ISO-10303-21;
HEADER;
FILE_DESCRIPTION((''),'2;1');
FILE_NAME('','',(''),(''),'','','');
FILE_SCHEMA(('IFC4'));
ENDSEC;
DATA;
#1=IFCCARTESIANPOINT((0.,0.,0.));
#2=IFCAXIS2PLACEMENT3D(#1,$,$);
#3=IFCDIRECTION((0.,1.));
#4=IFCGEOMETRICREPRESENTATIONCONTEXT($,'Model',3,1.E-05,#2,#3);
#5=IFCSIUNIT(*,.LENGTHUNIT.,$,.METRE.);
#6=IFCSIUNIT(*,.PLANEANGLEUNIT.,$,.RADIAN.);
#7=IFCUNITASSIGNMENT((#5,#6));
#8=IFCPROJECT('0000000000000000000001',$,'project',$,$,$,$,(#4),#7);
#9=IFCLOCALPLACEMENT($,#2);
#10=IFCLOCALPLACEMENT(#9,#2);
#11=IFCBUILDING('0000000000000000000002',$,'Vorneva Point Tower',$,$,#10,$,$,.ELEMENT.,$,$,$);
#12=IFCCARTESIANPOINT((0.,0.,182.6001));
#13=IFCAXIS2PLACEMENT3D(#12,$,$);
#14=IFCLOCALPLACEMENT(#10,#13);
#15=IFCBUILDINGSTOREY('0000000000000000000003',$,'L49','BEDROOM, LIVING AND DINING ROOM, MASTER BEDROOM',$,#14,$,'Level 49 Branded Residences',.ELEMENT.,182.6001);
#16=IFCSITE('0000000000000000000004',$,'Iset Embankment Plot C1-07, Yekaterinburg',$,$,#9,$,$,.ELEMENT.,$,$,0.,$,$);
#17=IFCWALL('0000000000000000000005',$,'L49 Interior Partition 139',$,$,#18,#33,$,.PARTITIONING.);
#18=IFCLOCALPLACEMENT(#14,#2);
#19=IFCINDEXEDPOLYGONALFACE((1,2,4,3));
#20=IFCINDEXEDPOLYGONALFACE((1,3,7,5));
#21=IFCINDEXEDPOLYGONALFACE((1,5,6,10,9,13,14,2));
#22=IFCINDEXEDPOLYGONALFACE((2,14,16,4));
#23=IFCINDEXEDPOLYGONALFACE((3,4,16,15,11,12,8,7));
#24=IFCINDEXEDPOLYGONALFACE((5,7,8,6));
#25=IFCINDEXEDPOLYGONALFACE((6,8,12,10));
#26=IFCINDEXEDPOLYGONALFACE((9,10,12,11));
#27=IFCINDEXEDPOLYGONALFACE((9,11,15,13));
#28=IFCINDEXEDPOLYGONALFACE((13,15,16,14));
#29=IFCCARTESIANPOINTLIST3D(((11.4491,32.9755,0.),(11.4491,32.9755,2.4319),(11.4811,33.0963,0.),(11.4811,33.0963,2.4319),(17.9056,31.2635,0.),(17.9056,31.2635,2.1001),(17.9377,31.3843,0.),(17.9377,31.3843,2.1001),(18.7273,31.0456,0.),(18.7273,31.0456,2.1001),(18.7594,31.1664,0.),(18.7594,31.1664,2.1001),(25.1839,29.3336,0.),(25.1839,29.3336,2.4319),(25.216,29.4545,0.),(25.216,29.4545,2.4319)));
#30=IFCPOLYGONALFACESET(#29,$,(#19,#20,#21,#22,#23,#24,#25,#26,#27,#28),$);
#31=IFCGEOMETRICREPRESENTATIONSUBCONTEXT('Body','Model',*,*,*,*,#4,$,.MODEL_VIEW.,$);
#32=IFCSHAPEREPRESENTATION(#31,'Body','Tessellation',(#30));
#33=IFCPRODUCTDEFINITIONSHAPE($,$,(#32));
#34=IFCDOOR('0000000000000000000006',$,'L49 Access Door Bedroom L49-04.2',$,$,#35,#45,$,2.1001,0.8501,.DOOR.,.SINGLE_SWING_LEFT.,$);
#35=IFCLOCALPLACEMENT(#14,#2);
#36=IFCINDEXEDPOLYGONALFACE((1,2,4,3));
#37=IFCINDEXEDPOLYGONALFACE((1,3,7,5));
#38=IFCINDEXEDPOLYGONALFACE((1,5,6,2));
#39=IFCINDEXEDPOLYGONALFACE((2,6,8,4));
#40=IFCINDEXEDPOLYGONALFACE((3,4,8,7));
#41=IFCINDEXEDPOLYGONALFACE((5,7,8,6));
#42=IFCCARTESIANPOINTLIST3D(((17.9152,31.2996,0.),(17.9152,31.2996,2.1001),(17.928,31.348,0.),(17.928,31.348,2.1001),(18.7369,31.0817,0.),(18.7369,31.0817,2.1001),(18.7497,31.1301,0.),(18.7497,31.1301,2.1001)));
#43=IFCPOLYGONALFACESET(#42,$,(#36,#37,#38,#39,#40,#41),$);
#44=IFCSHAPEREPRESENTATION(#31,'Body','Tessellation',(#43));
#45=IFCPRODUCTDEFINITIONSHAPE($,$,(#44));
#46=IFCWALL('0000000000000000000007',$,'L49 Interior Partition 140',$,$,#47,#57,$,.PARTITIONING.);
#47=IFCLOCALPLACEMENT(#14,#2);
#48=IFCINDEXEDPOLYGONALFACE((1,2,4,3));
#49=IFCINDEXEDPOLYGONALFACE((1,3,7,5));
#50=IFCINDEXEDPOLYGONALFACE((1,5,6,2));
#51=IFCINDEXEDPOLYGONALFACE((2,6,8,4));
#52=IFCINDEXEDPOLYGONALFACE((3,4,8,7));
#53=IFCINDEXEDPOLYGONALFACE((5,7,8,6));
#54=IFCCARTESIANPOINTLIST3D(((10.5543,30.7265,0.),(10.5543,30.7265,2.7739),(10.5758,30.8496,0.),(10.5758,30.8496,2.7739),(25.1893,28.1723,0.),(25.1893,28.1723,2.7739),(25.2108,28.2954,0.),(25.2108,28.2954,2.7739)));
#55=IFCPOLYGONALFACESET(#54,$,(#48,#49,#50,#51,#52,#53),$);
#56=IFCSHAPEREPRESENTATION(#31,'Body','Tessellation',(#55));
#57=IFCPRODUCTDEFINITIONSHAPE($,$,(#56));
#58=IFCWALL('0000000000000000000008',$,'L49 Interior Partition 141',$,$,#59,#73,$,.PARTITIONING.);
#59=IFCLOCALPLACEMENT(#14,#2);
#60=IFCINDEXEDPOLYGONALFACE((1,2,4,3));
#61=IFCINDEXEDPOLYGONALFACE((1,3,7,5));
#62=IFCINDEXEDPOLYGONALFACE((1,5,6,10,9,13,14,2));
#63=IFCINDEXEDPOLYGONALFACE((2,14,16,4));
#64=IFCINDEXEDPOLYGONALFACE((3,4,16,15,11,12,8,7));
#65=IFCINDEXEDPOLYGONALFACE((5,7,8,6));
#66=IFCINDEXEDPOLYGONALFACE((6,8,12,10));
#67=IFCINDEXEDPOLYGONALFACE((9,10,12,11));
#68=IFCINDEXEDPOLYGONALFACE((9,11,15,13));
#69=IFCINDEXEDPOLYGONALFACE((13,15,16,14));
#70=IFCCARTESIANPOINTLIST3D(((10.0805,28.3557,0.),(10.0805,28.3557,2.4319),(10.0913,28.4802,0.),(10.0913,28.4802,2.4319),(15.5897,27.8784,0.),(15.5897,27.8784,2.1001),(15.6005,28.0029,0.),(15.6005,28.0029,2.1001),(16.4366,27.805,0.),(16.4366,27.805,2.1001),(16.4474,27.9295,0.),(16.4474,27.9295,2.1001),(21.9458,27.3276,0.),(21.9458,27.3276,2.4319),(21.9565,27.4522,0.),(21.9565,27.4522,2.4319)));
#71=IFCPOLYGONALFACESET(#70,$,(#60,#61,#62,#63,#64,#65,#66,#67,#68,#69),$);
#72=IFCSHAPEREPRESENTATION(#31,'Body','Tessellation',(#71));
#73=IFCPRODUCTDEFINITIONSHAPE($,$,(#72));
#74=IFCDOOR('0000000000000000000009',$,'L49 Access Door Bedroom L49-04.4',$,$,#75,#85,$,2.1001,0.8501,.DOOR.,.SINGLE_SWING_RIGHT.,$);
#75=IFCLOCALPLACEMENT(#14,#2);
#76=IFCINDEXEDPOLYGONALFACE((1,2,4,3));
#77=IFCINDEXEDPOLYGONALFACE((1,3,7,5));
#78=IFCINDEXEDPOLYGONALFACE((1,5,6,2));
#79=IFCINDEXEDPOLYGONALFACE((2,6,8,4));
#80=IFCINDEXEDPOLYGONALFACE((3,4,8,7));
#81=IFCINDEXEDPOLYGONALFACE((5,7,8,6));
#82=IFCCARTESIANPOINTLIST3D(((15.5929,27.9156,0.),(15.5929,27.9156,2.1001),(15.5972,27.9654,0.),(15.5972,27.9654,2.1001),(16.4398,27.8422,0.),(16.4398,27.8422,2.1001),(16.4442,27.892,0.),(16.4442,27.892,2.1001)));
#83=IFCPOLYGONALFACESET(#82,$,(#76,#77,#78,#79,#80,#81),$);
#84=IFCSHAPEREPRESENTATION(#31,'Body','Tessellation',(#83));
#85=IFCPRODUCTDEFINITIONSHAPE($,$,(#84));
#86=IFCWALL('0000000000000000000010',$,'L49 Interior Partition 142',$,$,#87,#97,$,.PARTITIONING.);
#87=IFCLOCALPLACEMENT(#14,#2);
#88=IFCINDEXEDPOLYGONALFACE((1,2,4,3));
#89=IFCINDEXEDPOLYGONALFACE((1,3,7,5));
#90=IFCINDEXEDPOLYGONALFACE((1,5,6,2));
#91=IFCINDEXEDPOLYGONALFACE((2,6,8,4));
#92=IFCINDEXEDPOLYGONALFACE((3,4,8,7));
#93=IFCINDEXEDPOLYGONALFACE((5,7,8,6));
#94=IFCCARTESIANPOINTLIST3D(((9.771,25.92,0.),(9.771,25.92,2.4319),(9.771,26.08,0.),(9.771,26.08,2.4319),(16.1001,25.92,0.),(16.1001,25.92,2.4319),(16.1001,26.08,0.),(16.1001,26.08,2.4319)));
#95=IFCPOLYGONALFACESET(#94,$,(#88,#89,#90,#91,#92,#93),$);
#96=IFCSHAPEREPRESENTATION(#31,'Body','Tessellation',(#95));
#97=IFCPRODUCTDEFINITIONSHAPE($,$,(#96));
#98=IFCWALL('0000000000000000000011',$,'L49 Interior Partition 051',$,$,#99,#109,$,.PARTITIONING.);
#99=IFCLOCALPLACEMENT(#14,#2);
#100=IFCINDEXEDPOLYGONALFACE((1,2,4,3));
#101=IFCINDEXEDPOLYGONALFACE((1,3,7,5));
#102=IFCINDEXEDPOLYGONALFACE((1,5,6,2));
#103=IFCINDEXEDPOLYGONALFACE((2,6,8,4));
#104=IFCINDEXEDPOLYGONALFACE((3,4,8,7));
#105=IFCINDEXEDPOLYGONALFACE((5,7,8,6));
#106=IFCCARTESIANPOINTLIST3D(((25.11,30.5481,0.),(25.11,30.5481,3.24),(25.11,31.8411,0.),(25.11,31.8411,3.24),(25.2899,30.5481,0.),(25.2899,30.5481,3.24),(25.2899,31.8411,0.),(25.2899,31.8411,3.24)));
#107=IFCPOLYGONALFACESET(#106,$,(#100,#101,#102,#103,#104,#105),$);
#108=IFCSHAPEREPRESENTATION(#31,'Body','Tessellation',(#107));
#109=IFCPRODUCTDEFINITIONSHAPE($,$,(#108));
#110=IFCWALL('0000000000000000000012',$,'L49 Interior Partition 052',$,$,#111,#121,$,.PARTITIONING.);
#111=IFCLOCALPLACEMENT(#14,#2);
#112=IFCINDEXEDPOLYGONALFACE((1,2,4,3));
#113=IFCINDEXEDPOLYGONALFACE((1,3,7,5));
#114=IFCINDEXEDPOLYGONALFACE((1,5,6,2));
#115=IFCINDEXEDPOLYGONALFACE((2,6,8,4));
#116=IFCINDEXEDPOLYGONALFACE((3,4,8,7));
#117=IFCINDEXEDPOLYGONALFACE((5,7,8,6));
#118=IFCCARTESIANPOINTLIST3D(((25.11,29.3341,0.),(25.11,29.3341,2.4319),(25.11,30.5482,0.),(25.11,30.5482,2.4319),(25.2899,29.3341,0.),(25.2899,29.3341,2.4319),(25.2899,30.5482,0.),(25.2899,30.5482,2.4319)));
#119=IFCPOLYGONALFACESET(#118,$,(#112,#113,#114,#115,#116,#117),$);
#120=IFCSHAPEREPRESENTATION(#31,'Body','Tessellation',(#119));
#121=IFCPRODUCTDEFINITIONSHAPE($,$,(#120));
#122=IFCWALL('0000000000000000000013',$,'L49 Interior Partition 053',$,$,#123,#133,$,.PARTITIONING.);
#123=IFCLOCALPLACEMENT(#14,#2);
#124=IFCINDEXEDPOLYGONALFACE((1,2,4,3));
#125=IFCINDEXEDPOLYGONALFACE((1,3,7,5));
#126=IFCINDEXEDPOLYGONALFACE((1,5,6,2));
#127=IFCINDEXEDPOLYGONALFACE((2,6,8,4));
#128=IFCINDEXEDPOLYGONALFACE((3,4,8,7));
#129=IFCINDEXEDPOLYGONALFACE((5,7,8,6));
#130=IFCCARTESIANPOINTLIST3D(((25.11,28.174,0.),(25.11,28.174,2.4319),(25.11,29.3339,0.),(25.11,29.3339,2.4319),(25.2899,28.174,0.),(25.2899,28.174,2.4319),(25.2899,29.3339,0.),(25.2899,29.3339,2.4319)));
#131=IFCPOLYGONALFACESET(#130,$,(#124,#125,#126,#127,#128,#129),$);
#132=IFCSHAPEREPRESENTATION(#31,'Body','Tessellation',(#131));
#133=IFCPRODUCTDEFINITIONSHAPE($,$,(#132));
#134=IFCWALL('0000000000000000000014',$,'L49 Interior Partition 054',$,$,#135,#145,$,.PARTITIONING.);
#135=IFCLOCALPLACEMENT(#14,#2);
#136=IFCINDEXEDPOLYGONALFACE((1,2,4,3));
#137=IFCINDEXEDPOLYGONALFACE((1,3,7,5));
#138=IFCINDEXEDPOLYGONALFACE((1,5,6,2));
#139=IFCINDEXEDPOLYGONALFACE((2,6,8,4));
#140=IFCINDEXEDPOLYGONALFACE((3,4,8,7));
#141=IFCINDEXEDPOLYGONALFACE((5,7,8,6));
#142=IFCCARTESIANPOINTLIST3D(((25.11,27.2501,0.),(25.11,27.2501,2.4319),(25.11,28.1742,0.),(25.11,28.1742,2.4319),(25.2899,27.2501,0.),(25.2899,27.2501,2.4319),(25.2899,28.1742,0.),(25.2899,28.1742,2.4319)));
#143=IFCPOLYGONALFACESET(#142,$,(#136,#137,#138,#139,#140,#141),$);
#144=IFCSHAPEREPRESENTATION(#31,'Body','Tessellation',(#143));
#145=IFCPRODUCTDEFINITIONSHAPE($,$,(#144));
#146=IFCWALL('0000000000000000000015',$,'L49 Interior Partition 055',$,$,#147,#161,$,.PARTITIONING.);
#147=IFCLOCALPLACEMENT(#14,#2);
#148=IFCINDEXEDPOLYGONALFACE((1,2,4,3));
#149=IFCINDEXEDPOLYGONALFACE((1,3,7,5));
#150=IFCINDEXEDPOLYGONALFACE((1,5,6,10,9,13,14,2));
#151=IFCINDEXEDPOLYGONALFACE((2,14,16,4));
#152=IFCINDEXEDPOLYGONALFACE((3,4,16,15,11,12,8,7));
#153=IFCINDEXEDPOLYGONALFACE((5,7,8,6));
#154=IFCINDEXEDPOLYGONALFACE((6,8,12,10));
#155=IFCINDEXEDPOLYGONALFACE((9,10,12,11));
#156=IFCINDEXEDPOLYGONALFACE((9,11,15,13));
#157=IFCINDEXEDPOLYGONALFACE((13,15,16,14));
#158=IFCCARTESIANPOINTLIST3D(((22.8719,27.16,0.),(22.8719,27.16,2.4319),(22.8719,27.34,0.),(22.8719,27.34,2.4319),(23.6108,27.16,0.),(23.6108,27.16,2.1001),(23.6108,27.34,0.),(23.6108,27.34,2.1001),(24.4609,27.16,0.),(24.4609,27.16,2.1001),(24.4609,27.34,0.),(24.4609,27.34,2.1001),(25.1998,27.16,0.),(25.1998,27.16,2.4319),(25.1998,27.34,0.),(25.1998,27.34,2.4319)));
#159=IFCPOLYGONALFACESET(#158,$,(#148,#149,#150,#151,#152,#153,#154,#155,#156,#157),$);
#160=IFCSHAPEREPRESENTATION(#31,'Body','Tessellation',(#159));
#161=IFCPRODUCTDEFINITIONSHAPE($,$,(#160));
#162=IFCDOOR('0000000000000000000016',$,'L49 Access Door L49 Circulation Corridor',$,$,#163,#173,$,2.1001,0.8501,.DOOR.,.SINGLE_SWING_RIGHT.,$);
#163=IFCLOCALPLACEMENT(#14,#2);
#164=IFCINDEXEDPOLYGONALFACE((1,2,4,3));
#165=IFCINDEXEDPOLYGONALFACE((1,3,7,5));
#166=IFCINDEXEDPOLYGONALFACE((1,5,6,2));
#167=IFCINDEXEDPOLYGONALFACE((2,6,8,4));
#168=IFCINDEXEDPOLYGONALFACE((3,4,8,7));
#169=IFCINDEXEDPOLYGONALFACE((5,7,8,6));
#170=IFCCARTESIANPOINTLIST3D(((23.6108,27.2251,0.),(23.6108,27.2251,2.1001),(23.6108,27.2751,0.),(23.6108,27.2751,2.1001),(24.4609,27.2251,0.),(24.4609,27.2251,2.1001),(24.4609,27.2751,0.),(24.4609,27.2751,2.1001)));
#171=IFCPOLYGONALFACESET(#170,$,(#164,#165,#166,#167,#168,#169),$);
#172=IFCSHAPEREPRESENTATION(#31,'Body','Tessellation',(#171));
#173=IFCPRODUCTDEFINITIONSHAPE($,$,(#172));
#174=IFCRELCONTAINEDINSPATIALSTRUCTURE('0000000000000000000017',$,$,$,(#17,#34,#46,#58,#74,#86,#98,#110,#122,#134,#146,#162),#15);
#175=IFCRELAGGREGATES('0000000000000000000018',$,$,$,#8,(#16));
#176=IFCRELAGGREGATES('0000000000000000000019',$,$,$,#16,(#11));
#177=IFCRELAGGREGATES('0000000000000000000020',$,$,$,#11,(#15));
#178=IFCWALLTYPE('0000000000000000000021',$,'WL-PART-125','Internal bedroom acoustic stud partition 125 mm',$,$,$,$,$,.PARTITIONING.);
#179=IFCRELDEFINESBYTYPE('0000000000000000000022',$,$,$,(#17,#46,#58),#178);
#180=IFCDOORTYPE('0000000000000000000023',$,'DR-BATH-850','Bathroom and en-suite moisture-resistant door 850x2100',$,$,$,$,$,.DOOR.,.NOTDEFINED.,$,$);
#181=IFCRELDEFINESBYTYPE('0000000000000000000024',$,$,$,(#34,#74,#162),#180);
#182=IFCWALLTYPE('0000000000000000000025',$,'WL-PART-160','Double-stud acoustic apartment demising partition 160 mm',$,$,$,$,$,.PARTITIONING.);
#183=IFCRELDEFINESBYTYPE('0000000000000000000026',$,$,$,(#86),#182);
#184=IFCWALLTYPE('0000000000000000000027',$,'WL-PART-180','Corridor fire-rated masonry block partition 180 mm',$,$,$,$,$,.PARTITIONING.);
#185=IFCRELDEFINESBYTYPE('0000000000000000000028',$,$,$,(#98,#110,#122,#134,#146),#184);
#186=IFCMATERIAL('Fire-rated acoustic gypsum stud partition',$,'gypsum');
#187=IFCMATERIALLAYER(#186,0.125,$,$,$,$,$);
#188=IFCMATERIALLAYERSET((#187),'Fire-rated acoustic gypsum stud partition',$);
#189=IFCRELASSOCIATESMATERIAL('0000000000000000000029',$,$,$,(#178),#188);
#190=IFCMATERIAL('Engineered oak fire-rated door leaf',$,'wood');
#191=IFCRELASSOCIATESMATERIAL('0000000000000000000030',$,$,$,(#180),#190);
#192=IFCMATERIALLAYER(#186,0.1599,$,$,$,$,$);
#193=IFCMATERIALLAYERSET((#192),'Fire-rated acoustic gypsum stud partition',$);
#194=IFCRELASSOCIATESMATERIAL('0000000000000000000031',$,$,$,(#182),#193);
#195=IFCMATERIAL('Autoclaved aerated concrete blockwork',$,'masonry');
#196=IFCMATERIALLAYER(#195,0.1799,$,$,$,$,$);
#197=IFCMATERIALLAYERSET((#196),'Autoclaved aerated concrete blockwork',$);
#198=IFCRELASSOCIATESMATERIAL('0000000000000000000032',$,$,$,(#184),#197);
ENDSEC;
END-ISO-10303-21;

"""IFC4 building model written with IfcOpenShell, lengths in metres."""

from ifc_helpers import new_model, si_unit, direction, frame, frame_2d, origin, place, context, subcontext, project, spatial, rectangle, extrude, material, layer, layer_set, type_object, element, fill, save


model = new_model("IFC4")

# Units and contexts
model_context = context("Model", 3, precision=1e-05, world=origin(), true_north=direction((0.0, 1.0)))
body_context = subcontext(model_context, "Body", "Model", "MODEL_VIEW")
ifc_project = project(units=[si_unit("LENGTHUNIT", "METRE"), si_unit("PLANEANGLEUNIT", "RADIAN")], contexts=[model_context])

# Site, building, storey
site_placement = place(None, origin())
site = spatial("IfcSite", under=ifc_project, at=site_placement, Name="Iset Embankment Plot C1-07, Yekaterinburg", CompositionType="ELEMENT", RefElevation=0.0)
building_placement = place(site_placement, origin())
building = spatial("IfcBuilding", under=site, at=building_placement, Name="Vorneva Point Tower", CompositionType="ELEMENT")
storey_placement = place(building_placement, frame((0.0, 0.0, 182.6001)))
storey = spatial("IfcBuildingStorey", under=building, at=storey_placement, Name="L49", Description="BEDROOM, LIVING AND DINING ROOM, MASTER BEDROOM", LongName="Level 49 Branded Residences", CompositionType="ELEMENT", Elevation=182.6001)

# Wall, opening, door
ifc_material_1 = material(Name="Fire-rated acoustic gypsum stud partition", Category="gypsum")
ifc_layer_1 = layer(ifc_material_1, 0.125)
ifc_layer_set_1 = layer_set([ifc_layer_1], Name="Fire-rated acoustic gypsum stud partition")
wall_type_1 = type_object("IfcWallType", Name="WL-PART-125", Description="Internal bedroom acoustic stud partition 125 mm", PredefinedType="PARTITIONING", material=ifc_layer_set_1)
wall_1_placement = place(storey_placement, frame((11.4651, 33.0359, 0.0), z_axis=(0.0, 0.0, 1.0), x_axis=(0.966598, -0.256297, 0.0)))
wall_1 = element("IfcWall", 1, at=wall_1_placement, inside=storey, type_object=wall_type_1, Name="L49 Interior Partition 139", PredefinedType="PARTITIONING", context=body_context, shape_type="SweptSolid", body=[
    extrude(rectangle(XDim=14.2095, YDim=0.125, at=frame_2d((7.1047, 0.0))), origin(), (0.0, 0.0, 1.0), 2.4319),
])
opening_1_placement = place(wall_1_placement, frame((6.6797, 0.0, 0.0)))
opening_1 = element("IfcOpeningElement", 2, at=opening_1_placement, cuts=wall_1, PredefinedType="OPENING", context=body_context, shape_type="SweptSolid", body=[
    extrude(rectangle(XDim=0.8501, YDim=2.1001, at=frame_2d((0.425, 1.05))), frame((0.0, 0.0774, 0.0), z_axis=(0.0, -1.0, 0.0), x_axis=(1.0, 0.0, 0.0)), (0.0, 0.0, 1.0), 0.1548),
])
ifc_material_2 = material(Name="Engineered oak fire-rated door leaf", Category="wood")
door_type_1 = type_object("IfcDoorType", Name="DR-BATH-850", Description="Bathroom and en-suite moisture-resistant door 850x2100", OperationType="NOTDEFINED", PredefinedType="DOOR", material=ifc_material_2)
door_1_placement = place(opening_1_placement, origin())
door_1 = element("IfcDoor", 3, at=door_1_placement, inside=storey, type_object=door_type_1, Name="L49 Access Door Bedroom L49-04.2", OperationType="SINGLE_SWING_LEFT", OverallHeight=2.1001, OverallWidth=0.8501, PredefinedType="DOOR", context=body_context, shape_type="SweptSolid", body=[
    extrude(rectangle(XDim=0.8501, YDim=2.1001, at=frame_2d((0.425, 1.05))), frame((0.0, 0.0249, 0.0), z_axis=(0.0, -1.0, 0.0), x_axis=(1.0, 0.0, 0.0)), (0.0, 0.0, 1.0), 0.05),
])
fill(opening_1, door_1)

# Wall
wall_2_placement = place(storey_placement, frame((10.5649, 30.7881, 0.0), z_axis=(0.0, 0.0, 1.0), x_axis=(0.98511, -0.171928, 0.0)))
element("IfcWall", 4, at=wall_2_placement, inside=storey, type_object=wall_type_1, Name="L49 Interior Partition 140", PredefinedType="PARTITIONING", context=body_context, shape_type="SweptSolid", body=[
    extrude(rectangle(XDim=14.8562, YDim=0.125, at=frame_2d((7.4282, 0.0))), origin(), (0.0, 0.0, 1.0), 2.7739),
])

# Wall, opening, door
wall_3_placement = place(storey_placement, frame((10.0859, 28.418, 0.0), z_axis=(0.0, 0.0, 1.0), x_axis=(0.996267, -0.086323, 0.0)))
wall_3 = element("IfcWall", 5, at=wall_3_placement, inside=storey, type_object=wall_type_1, Name="L49 Interior Partition 141", PredefinedType="PARTITIONING", context=body_context, shape_type="SweptSolid", body=[
    extrude(rectangle(XDim=11.9097, YDim=0.125, at=frame_2d((5.9548, 0.0))), origin(), (0.0, 0.0, 1.0), 2.4319),
])
opening_2_placement = place(wall_3_placement, frame((5.5298, 0.0, 0.0)))
opening_2 = element("IfcOpeningElement", 6, at=opening_2_placement, cuts=wall_3, PredefinedType="OPENING", context=body_context, shape_type="SweptSolid", body=[
    extrude(rectangle(XDim=0.8501, YDim=2.1001, at=frame_2d((0.425, 1.05))), frame((0.0, 0.0774, 0.0), z_axis=(0.0, -1.0, 0.0), x_axis=(1.0, 0.0, 0.0)), (0.0, 0.0, 1.0), 0.1548),
])
door_2_placement = place(opening_2_placement, origin())
door_2 = element("IfcDoor", 7, at=door_2_placement, inside=storey, type_object=door_type_1, Name="L49 Access Door Bedroom L49-04.4", OperationType="SINGLE_SWING_RIGHT", OverallHeight=2.1001, OverallWidth=0.8501, PredefinedType="DOOR", context=body_context, shape_type="SweptSolid", body=[
    extrude(rectangle(XDim=0.8501, YDim=2.1001, at=frame_2d((0.425, 1.05))), frame((0.0, 0.0249, 0.0), z_axis=(0.0, -1.0, 0.0), x_axis=(1.0, 0.0, 0.0)), (0.0, 0.0, 1.0), 0.05),
])
fill(opening_2, door_2)

# Walls
ifc_layer_2 = layer(ifc_material_1, 0.1599)
ifc_layer_set_2 = layer_set([ifc_layer_2], Name="Fire-rated acoustic gypsum stud partition")
wall_type_2 = type_object("IfcWallType", Name="WL-PART-160", Description="Double-stud acoustic apartment demising partition 160 mm", PredefinedType="PARTITIONING", material=ifc_layer_set_2)
wall_4_placement = place(storey_placement, frame((9.771, 26.0, 0.0), z_axis=(0.0, 0.0, 1.0), x_axis=(1.0, 0.0, 0.0)))
element("IfcWall", 8, at=wall_4_placement, inside=storey, type_object=wall_type_2, Name="L49 Interior Partition 142", PredefinedType="PARTITIONING", context=body_context, shape_type="SweptSolid", body=[
    extrude(rectangle(XDim=6.3291, YDim=0.1599, at=frame_2d((3.1646, 0.0))), origin(), (0.0, 0.0, 1.0), 2.4319),
])
ifc_material_3 = material(Name="Autoclaved aerated concrete blockwork", Category="masonry")
ifc_layer_3 = layer(ifc_material_3, 0.1799)
ifc_layer_set_3 = layer_set([ifc_layer_3], Name="Autoclaved aerated concrete blockwork")
wall_type_3 = type_object("IfcWallType", Name="WL-PART-180", Description="Corridor fire-rated masonry block partition 180 mm", PredefinedType="PARTITIONING", material=ifc_layer_set_3)
wall_5_placement = place(storey_placement, frame((25.2, 31.8411, 0.0), z_axis=(0.0, 0.0, 1.0), x_axis=(0.0, -1.0, 0.0)))
element("IfcWall", 9, at=wall_5_placement, inside=storey, type_object=wall_type_3, Name="L49 Interior Partition 051", PredefinedType="PARTITIONING", context=body_context, shape_type="SweptSolid", body=[
    extrude(rectangle(XDim=1.293, YDim=0.1799, at=frame_2d((0.6465, 0.0))), origin(), (0.0, 0.0, 1.0), 3.24),
])
wall_6_placement = place(storey_placement, frame((25.2, 30.5481, 0.0), z_axis=(0.0, 0.0, 1.0), x_axis=(0.0, -1.0, 0.0)))
element("IfcWall", 10, at=wall_6_placement, inside=storey, type_object=wall_type_3, Name="L49 Interior Partition 052", PredefinedType="PARTITIONING", context=body_context, shape_type="SweptSolid", body=[
    extrude(rectangle(XDim=1.2141, YDim=0.1799, at=frame_2d((0.6069, 0.0))), origin(), (0.0, 0.0, 1.0), 2.4319),
])
wall_7_placement = place(storey_placement, frame((25.2, 29.334, 0.0), z_axis=(0.0, 0.0, 1.0), x_axis=(0.0, -1.0, 0.0)))
element("IfcWall", 11, at=wall_7_placement, inside=storey, type_object=wall_type_3, Name="L49 Interior Partition 053", PredefinedType="PARTITIONING", context=body_context, shape_type="SweptSolid", body=[
    extrude(rectangle(XDim=1.1599, YDim=0.1799, at=frame_2d((0.5801, 0.0))), origin(), (0.0, 0.0, 1.0), 2.4319),
])
wall_8_placement = place(storey_placement, frame((25.2, 28.1741, 0.0), z_axis=(0.0, 0.0, 1.0), x_axis=(0.0, -1.0, 0.0)))
element("IfcWall", 12, at=wall_8_placement, inside=storey, type_object=wall_type_3, Name="L49 Interior Partition 054", PredefinedType="PARTITIONING", context=body_context, shape_type="SweptSolid", body=[
    extrude(rectangle(XDim=0.9241, YDim=0.1799, at=frame_2d((0.4619, 0.0))), origin(), (0.0, 0.0, 1.0), 2.4319),
])

# Wall, opening, door
wall_9_placement = place(storey_placement, frame((25.2, 27.25, 0.0), z_axis=(0.0, 0.0, 1.0), x_axis=(-1.0, 0.0, 0.0)))
wall_9 = element("IfcWall", 13, at=wall_9_placement, inside=storey, type_object=wall_type_3, Name="L49 Interior Partition 055", PredefinedType="PARTITIONING", context=body_context, shape_type="SweptSolid", body=[
    extrude(rectangle(XDim=2.3279, YDim=0.1799, at=frame_2d((1.1641, 0.0))), origin(), (0.0, 0.0, 1.0), 2.4319),
])
opening_3_placement = place(wall_9_placement, frame((0.739, 0.0, 0.0)))
opening_3 = element("IfcOpeningElement", 14, at=opening_3_placement, cuts=wall_9, PredefinedType="OPENING", context=body_context, shape_type="SweptSolid", body=[
    extrude(rectangle(XDim=0.8501, YDim=2.1001, at=frame_2d((0.425, 1.05))), frame((0.0, 0.105, 0.0), z_axis=(0.0, -1.0, 0.0), x_axis=(1.0, 0.0, 0.0)), (0.0, 0.0, 1.0), 0.2097),
])
door_3_placement = place(opening_3_placement, origin())
door_3 = element("IfcDoor", 15, at=door_3_placement, inside=storey, type_object=door_type_1, Name="L49 Access Door L49 Circulation Corridor", OperationType="SINGLE_SWING_RIGHT", OverallHeight=2.1001, OverallWidth=0.8501, PredefinedType="DOOR", context=body_context, shape_type="SweptSolid", body=[
    extrude(rectangle(XDim=0.8501, YDim=2.1001, at=frame_2d((0.425, 1.05))), frame((0.0, 0.0249, 0.0), z_axis=(0.0, -1.0, 0.0), x_axis=(1.0, 0.0, 0.0)), (0.0, 0.0, 1.0), 0.05),
])
fill(opening_3, door_3)

save(model, "model.ifc")
